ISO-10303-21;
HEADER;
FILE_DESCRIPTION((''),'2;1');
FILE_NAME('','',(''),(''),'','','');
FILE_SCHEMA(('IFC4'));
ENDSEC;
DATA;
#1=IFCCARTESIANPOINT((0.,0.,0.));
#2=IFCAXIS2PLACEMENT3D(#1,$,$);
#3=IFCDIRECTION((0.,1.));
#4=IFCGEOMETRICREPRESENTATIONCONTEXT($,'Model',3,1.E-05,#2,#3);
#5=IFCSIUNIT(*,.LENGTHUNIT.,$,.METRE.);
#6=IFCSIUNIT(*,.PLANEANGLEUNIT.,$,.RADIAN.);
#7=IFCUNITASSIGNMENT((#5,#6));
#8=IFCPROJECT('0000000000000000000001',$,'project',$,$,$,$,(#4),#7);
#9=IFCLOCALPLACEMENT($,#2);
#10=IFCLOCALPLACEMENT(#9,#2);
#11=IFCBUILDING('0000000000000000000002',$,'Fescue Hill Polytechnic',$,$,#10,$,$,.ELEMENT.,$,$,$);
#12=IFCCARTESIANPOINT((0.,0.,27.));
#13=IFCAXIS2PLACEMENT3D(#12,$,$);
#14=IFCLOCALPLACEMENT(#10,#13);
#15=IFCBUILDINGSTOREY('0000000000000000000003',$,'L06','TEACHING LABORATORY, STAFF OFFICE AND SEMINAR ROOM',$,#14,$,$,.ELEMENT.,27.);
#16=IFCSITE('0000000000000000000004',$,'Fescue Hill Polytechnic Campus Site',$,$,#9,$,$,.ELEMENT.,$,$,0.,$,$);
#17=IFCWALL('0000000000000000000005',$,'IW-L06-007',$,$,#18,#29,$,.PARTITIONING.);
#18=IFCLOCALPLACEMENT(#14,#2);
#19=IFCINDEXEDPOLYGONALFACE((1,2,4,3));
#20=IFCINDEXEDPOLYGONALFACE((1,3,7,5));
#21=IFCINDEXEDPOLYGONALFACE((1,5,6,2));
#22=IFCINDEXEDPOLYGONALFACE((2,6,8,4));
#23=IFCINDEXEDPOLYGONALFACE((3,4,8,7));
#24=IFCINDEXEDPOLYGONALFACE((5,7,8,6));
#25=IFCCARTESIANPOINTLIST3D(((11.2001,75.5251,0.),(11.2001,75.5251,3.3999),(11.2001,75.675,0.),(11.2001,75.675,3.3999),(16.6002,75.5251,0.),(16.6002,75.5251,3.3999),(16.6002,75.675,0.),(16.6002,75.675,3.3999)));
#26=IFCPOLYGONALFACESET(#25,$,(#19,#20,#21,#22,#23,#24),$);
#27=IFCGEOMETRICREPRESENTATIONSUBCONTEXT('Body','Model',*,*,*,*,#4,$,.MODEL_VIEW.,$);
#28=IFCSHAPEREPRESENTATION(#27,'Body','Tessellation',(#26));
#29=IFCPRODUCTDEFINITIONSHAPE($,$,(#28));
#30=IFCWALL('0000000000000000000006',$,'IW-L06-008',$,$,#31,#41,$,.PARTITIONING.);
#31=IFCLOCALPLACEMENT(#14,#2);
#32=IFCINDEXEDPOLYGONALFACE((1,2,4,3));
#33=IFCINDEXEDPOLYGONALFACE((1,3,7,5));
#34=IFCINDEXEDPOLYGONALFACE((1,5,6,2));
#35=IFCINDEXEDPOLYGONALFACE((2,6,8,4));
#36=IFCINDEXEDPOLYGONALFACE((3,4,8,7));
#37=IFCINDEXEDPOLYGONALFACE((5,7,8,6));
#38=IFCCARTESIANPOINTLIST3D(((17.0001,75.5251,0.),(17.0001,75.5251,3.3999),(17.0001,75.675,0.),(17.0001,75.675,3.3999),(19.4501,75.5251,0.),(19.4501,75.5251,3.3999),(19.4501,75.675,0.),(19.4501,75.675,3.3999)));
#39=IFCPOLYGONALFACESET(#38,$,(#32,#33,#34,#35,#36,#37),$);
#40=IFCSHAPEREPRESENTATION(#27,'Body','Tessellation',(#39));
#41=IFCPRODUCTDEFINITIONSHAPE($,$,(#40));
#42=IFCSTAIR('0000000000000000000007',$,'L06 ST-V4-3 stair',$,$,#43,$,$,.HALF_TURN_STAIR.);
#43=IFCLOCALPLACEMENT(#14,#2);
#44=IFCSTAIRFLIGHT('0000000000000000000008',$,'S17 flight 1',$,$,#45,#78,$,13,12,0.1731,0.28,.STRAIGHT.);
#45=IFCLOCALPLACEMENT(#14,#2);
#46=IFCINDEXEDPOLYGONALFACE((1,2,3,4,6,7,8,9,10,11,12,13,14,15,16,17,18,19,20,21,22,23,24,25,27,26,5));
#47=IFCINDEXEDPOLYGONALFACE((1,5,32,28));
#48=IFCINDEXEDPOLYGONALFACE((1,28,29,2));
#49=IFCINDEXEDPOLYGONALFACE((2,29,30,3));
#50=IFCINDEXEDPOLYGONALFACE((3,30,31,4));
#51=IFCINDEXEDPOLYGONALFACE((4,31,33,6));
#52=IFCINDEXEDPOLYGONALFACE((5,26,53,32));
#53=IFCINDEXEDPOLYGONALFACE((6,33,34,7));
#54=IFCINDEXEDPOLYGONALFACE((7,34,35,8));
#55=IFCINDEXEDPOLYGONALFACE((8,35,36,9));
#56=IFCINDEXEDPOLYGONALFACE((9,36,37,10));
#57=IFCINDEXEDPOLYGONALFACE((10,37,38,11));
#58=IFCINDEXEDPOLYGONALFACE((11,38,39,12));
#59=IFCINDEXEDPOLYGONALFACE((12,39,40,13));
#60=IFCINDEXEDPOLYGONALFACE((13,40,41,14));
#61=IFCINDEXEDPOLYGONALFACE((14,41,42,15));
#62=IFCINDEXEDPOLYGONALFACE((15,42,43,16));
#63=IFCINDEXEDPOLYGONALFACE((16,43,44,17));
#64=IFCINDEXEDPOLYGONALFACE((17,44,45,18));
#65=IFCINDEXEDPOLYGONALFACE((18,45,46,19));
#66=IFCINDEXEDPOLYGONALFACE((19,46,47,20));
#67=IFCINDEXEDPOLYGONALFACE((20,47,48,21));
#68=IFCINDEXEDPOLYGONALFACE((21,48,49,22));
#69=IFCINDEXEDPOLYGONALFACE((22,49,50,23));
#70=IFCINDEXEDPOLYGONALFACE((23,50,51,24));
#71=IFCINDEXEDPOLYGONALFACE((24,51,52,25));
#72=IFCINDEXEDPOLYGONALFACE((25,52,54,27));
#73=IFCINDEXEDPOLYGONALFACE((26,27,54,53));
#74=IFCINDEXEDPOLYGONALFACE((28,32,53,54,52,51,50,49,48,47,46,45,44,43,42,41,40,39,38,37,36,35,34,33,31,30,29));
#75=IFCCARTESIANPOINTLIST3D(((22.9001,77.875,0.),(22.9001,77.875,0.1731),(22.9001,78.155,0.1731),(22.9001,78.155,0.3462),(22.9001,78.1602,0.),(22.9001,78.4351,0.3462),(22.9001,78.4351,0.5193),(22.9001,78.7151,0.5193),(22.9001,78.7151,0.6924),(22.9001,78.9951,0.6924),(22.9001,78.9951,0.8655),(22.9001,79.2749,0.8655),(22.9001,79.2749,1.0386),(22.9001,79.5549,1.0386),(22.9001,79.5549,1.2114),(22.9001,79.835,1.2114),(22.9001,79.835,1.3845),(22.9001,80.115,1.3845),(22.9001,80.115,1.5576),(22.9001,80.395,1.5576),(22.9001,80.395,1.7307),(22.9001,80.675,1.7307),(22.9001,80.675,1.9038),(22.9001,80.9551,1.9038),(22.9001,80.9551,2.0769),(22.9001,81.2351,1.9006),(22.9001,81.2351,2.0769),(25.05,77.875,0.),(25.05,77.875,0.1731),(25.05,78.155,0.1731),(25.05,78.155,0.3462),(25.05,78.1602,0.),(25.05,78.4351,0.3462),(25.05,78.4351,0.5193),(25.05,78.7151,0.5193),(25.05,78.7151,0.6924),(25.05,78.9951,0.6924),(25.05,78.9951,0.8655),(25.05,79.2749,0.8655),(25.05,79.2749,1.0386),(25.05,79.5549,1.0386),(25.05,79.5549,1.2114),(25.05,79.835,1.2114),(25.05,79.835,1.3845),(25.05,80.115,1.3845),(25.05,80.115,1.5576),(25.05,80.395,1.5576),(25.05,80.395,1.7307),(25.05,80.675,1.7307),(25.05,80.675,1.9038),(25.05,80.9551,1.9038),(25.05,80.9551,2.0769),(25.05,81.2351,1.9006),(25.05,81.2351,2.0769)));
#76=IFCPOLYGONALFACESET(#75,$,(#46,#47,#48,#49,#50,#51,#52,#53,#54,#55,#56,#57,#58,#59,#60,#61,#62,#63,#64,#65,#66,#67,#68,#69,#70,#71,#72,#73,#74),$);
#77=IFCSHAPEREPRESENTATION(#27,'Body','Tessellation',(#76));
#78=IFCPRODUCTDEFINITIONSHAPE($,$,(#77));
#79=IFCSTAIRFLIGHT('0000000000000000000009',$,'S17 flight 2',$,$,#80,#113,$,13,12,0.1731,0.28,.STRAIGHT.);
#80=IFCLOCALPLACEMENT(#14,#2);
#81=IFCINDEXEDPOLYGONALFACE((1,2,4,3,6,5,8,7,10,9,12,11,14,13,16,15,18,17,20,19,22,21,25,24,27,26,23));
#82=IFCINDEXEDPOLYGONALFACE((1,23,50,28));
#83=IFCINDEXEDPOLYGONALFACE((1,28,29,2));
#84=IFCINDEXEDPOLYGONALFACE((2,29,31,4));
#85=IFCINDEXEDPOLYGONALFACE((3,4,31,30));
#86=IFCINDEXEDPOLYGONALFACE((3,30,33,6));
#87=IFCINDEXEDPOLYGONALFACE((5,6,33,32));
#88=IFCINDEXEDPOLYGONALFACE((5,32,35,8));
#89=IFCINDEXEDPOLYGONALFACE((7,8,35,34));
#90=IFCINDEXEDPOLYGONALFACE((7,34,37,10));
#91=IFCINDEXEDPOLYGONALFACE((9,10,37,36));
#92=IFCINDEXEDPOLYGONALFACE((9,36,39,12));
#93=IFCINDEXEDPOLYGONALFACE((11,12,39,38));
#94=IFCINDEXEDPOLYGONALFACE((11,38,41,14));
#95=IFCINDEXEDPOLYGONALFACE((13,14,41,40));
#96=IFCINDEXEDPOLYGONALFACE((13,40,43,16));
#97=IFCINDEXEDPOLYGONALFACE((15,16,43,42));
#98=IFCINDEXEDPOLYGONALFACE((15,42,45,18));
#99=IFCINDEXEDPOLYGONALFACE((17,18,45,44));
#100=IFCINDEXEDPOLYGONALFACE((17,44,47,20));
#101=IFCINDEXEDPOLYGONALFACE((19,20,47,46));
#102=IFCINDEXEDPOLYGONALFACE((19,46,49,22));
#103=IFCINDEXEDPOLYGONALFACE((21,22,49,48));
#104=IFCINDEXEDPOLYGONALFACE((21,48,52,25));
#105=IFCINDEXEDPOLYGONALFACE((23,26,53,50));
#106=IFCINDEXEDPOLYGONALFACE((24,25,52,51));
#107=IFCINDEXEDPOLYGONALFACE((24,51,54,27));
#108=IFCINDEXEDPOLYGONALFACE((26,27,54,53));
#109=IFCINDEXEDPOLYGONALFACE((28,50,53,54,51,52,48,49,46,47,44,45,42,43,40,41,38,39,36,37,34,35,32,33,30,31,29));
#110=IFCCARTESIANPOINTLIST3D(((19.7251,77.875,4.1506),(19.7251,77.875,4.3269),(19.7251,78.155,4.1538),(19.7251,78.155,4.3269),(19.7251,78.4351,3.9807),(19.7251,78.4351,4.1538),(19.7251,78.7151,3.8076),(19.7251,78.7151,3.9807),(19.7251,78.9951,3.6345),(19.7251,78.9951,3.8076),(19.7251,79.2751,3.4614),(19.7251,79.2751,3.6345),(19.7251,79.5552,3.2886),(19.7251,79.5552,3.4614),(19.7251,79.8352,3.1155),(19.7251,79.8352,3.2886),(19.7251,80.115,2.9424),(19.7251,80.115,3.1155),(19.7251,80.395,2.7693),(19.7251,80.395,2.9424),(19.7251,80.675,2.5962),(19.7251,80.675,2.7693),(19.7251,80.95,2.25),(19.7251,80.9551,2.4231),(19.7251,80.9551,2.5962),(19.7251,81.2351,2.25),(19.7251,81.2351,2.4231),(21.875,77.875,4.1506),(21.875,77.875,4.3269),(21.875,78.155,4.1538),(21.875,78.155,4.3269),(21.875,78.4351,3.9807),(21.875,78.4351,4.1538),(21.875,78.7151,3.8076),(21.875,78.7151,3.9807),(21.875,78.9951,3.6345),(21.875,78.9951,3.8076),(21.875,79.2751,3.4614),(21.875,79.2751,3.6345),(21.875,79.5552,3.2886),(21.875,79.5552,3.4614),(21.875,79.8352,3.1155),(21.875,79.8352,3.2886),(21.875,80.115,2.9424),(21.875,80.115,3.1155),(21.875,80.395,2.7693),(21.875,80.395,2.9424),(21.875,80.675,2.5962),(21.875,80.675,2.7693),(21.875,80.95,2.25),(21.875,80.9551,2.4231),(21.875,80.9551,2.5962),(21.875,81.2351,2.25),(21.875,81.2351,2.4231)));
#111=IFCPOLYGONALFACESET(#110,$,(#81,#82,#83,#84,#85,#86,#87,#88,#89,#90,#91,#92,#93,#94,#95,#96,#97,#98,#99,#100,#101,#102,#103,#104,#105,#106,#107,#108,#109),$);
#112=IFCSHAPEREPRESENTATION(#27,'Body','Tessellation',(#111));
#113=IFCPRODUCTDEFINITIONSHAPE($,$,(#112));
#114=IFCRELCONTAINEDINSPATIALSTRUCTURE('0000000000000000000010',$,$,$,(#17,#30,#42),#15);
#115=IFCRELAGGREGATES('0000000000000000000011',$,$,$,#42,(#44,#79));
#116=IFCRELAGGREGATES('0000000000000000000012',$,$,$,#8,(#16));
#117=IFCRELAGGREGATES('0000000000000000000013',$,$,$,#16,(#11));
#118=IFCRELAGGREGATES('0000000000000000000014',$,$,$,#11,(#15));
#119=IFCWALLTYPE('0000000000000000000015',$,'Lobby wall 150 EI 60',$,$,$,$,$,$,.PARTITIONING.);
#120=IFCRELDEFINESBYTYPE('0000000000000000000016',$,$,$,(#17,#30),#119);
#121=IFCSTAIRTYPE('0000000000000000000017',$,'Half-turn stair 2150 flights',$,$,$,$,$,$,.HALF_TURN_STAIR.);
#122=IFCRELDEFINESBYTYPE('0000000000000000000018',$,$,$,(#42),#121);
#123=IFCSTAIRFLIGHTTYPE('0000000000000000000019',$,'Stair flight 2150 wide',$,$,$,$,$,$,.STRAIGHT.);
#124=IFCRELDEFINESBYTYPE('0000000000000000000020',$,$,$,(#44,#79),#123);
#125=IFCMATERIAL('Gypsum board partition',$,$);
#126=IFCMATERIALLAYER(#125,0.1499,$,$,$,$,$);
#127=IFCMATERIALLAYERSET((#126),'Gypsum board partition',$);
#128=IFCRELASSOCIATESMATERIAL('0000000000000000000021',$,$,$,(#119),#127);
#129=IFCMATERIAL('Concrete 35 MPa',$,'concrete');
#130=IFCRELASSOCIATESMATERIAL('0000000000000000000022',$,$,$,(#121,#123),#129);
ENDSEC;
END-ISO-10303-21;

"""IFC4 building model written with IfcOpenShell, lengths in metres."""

from ifc_helpers import new_model, si_unit, direction, frame, frame_2d, origin, place, context, subcontext, project, spatial, polyline, rectangle, outline, extrude, material, layer, layer_set, type_object, element, aggregate, save


model = new_model("IFC4")

# Units and contexts
model_context = context("Model", 3, precision=1e-05, world=origin(), true_north=direction((0.0, 1.0)))
body_context = subcontext(model_context, "Body", "Model", "MODEL_VIEW")
ifc_project = project(units=[si_unit("LENGTHUNIT", "METRE"), si_unit("PLANEANGLEUNIT", "RADIAN")], contexts=[model_context])

# Site, building, storey
site_placement = place(None, origin())
site = spatial("IfcSite", under=ifc_project, at=site_placement, Name="Fescue Hill Polytechnic Campus Site", CompositionType="ELEMENT", RefElevation=0.0)
building_placement = place(site_placement, origin())
building = spatial("IfcBuilding", under=site, at=building_placement, Name="Fescue Hill Polytechnic", CompositionType="ELEMENT")
storey_placement = place(building_placement, frame((0.0, 0.0, 27.0)))
storey = spatial("IfcBuildingStorey", under=building, at=storey_placement, Name="L06", Description="TEACHING LABORATORY, STAFF OFFICE AND SEMINAR ROOM", CompositionType="ELEMENT", Elevation=27.0)

# Shared definitions
ifc_material_1 = material(Name="Concrete 35 MPa", Category="concrete")

# Shared definitions
ifc_material_2 = material(Name="Gypsum board partition")

# Walls
ifc_layer_1 = layer(ifc_material_2, 0.1499)
ifc_layer_set_1 = layer_set([ifc_layer_1], Name="Gypsum board partition")
wall_type_1 = type_object("IfcWallType", Name="Lobby wall 150 EI 60", PredefinedType="PARTITIONING", material=ifc_layer_set_1)
wall_1_placement = place(storey_placement, frame((11.2, 75.6001, 0.0), z_axis=(0.0, 0.0, 1.0), x_axis=(1.0, 0.0, 0.0)))
element("IfcWall", 1, at=wall_1_placement, inside=storey, type_object=wall_type_1, Name="IW-L06-007", PredefinedType="PARTITIONING", context=body_context, shape_type="SweptSolid", body=[
    extrude(rectangle(XDim=5.4001, YDim=0.1499, at=frame_2d((2.7002, 0.0))), origin(), (0.0, 0.0, 1.0), 3.3999),
])
wall_2_placement = place(storey_placement, frame((17.0, 75.6001, 0.0), z_axis=(0.0, 0.0, 1.0), x_axis=(1.0, 0.0, 0.0)))
element("IfcWall", 2, at=wall_2_placement, inside=storey, type_object=wall_type_1, Name="IW-L06-008", PredefinedType="PARTITIONING", context=body_context, shape_type="SweptSolid", body=[
    extrude(rectangle(XDim=2.45, YDim=0.1499, at=frame_2d((1.2251, 0.0))), origin(), (0.0, 0.0, 1.0), 3.3999),
])

# Stair, stair flights
stair_type = type_object("IfcStairType", Name="Half-turn stair 2150 flights", PredefinedType="HALF_TURN_STAIR", material=ifc_material_1)
stair_placement = place(storey_placement, origin())
stair = element("IfcStair", 3, at=stair_placement, inside=storey, type_object=stair_type, Name="L06 ST-V4-3 stair", PredefinedType="HALF_TURN_STAIR")
stair_flight_type = type_object("IfcStairFlightType", Name="Stair flight 2150 wide", PredefinedType="STRAIGHT", material=ifc_material_1)
stair_flight_1_placement = place(storey_placement, frame((23.9751, 77.875, 0.0), z_axis=(0.0, 0.0, 1.0), x_axis=(0.0, 1.0, 0.0)))
stair_flight_1 = element("IfcStairFlight", 4, at=stair_flight_1_placement, type_object=stair_flight_type, Name="S17 flight 1", NumberOfRisers=13, NumberOfTreads=12, PredefinedType="STRAIGHT", RiserHeight=0.1731, TreadLength=0.28, context=body_context, shape_type="SweptSolid", body=[
    extrude(outline(polyline([(0.0, 0.0), (0.0, 0.1731), (0.28, 0.1731), (0.28, 0.3462), (0.5601, 0.3462), (0.5601, 0.5193), (0.8401, 0.5193), (0.8401, 0.6924), (1.1201, 0.6924), (1.1201, 0.8655), (1.3999, 0.8655), (1.3999, 1.0386), (1.6799, 1.0386), (1.6799, 1.2114), (1.96, 1.2114), (1.96, 1.3845), (2.24, 1.3845), (2.24, 1.5576), (2.52, 1.5576), (2.52, 1.7307), (2.8, 1.7307), (2.8, 1.9038), (3.0801, 1.9038), (3.0801, 2.0769), (3.3601, 2.0769), (3.3601, 2.25), (3.3601, 1.9006), (0.2852, 0.0), (0.0, 0.0)])), frame((0.0, 1.075, 0.0), z_axis=(0.0, -1.0, 0.0), x_axis=(1.0, 0.0, 0.0)), (0.0, 0.0, 1.0), 2.1499),
])
stair_flight_2_placement = place(storey_placement, frame((20.8, 81.2351, 2.25), z_axis=(0.0, 0.0, 1.0), x_axis=(0.0, -1.0, 0.0)))
stair_flight_2 = element("IfcStairFlight", 5, at=stair_flight_2_placement, type_object=stair_flight_type, Name="S17 flight 2", NumberOfRisers=13, NumberOfTreads=12, PredefinedType="STRAIGHT", RiserHeight=0.1731, TreadLength=0.28, context=body_context, shape_type="SweptSolid", body=[
    extrude(outline(polyline([(0.0, 0.0), (0.0, 0.1731), (0.28, 0.1731), (0.28, 0.3462), (0.5601, 0.3462), (0.5601, 0.5193), (0.8401, 0.5193), (0.8401, 0.6924), (1.1201, 0.6924), (1.1201, 0.8655), (1.3999, 0.8655), (1.3999, 1.0386), (1.6799, 1.0386), (1.6799, 1.2114), (1.96, 1.2114), (1.96, 1.3845), (2.24, 1.3845), (2.24, 1.5576), (2.52, 1.5576), (2.52, 1.7307), (2.8, 1.7307), (2.8, 1.9038), (3.0801, 1.9038), (3.0801, 2.0769), (3.3601, 2.0769), (3.3601, 2.25), (3.3601, 1.9006), (0.2852, 0.0), (0.0, 0.0)])), frame((0.0, 1.075, 0.0), z_axis=(0.0, -1.0, 0.0), x_axis=(1.0, 0.0, 0.0)), (0.0, 0.0, 1.0), 2.1499),
])
aggregate(stair, [stair_flight_1, stair_flight_2])

save(model, "model.ifc")
